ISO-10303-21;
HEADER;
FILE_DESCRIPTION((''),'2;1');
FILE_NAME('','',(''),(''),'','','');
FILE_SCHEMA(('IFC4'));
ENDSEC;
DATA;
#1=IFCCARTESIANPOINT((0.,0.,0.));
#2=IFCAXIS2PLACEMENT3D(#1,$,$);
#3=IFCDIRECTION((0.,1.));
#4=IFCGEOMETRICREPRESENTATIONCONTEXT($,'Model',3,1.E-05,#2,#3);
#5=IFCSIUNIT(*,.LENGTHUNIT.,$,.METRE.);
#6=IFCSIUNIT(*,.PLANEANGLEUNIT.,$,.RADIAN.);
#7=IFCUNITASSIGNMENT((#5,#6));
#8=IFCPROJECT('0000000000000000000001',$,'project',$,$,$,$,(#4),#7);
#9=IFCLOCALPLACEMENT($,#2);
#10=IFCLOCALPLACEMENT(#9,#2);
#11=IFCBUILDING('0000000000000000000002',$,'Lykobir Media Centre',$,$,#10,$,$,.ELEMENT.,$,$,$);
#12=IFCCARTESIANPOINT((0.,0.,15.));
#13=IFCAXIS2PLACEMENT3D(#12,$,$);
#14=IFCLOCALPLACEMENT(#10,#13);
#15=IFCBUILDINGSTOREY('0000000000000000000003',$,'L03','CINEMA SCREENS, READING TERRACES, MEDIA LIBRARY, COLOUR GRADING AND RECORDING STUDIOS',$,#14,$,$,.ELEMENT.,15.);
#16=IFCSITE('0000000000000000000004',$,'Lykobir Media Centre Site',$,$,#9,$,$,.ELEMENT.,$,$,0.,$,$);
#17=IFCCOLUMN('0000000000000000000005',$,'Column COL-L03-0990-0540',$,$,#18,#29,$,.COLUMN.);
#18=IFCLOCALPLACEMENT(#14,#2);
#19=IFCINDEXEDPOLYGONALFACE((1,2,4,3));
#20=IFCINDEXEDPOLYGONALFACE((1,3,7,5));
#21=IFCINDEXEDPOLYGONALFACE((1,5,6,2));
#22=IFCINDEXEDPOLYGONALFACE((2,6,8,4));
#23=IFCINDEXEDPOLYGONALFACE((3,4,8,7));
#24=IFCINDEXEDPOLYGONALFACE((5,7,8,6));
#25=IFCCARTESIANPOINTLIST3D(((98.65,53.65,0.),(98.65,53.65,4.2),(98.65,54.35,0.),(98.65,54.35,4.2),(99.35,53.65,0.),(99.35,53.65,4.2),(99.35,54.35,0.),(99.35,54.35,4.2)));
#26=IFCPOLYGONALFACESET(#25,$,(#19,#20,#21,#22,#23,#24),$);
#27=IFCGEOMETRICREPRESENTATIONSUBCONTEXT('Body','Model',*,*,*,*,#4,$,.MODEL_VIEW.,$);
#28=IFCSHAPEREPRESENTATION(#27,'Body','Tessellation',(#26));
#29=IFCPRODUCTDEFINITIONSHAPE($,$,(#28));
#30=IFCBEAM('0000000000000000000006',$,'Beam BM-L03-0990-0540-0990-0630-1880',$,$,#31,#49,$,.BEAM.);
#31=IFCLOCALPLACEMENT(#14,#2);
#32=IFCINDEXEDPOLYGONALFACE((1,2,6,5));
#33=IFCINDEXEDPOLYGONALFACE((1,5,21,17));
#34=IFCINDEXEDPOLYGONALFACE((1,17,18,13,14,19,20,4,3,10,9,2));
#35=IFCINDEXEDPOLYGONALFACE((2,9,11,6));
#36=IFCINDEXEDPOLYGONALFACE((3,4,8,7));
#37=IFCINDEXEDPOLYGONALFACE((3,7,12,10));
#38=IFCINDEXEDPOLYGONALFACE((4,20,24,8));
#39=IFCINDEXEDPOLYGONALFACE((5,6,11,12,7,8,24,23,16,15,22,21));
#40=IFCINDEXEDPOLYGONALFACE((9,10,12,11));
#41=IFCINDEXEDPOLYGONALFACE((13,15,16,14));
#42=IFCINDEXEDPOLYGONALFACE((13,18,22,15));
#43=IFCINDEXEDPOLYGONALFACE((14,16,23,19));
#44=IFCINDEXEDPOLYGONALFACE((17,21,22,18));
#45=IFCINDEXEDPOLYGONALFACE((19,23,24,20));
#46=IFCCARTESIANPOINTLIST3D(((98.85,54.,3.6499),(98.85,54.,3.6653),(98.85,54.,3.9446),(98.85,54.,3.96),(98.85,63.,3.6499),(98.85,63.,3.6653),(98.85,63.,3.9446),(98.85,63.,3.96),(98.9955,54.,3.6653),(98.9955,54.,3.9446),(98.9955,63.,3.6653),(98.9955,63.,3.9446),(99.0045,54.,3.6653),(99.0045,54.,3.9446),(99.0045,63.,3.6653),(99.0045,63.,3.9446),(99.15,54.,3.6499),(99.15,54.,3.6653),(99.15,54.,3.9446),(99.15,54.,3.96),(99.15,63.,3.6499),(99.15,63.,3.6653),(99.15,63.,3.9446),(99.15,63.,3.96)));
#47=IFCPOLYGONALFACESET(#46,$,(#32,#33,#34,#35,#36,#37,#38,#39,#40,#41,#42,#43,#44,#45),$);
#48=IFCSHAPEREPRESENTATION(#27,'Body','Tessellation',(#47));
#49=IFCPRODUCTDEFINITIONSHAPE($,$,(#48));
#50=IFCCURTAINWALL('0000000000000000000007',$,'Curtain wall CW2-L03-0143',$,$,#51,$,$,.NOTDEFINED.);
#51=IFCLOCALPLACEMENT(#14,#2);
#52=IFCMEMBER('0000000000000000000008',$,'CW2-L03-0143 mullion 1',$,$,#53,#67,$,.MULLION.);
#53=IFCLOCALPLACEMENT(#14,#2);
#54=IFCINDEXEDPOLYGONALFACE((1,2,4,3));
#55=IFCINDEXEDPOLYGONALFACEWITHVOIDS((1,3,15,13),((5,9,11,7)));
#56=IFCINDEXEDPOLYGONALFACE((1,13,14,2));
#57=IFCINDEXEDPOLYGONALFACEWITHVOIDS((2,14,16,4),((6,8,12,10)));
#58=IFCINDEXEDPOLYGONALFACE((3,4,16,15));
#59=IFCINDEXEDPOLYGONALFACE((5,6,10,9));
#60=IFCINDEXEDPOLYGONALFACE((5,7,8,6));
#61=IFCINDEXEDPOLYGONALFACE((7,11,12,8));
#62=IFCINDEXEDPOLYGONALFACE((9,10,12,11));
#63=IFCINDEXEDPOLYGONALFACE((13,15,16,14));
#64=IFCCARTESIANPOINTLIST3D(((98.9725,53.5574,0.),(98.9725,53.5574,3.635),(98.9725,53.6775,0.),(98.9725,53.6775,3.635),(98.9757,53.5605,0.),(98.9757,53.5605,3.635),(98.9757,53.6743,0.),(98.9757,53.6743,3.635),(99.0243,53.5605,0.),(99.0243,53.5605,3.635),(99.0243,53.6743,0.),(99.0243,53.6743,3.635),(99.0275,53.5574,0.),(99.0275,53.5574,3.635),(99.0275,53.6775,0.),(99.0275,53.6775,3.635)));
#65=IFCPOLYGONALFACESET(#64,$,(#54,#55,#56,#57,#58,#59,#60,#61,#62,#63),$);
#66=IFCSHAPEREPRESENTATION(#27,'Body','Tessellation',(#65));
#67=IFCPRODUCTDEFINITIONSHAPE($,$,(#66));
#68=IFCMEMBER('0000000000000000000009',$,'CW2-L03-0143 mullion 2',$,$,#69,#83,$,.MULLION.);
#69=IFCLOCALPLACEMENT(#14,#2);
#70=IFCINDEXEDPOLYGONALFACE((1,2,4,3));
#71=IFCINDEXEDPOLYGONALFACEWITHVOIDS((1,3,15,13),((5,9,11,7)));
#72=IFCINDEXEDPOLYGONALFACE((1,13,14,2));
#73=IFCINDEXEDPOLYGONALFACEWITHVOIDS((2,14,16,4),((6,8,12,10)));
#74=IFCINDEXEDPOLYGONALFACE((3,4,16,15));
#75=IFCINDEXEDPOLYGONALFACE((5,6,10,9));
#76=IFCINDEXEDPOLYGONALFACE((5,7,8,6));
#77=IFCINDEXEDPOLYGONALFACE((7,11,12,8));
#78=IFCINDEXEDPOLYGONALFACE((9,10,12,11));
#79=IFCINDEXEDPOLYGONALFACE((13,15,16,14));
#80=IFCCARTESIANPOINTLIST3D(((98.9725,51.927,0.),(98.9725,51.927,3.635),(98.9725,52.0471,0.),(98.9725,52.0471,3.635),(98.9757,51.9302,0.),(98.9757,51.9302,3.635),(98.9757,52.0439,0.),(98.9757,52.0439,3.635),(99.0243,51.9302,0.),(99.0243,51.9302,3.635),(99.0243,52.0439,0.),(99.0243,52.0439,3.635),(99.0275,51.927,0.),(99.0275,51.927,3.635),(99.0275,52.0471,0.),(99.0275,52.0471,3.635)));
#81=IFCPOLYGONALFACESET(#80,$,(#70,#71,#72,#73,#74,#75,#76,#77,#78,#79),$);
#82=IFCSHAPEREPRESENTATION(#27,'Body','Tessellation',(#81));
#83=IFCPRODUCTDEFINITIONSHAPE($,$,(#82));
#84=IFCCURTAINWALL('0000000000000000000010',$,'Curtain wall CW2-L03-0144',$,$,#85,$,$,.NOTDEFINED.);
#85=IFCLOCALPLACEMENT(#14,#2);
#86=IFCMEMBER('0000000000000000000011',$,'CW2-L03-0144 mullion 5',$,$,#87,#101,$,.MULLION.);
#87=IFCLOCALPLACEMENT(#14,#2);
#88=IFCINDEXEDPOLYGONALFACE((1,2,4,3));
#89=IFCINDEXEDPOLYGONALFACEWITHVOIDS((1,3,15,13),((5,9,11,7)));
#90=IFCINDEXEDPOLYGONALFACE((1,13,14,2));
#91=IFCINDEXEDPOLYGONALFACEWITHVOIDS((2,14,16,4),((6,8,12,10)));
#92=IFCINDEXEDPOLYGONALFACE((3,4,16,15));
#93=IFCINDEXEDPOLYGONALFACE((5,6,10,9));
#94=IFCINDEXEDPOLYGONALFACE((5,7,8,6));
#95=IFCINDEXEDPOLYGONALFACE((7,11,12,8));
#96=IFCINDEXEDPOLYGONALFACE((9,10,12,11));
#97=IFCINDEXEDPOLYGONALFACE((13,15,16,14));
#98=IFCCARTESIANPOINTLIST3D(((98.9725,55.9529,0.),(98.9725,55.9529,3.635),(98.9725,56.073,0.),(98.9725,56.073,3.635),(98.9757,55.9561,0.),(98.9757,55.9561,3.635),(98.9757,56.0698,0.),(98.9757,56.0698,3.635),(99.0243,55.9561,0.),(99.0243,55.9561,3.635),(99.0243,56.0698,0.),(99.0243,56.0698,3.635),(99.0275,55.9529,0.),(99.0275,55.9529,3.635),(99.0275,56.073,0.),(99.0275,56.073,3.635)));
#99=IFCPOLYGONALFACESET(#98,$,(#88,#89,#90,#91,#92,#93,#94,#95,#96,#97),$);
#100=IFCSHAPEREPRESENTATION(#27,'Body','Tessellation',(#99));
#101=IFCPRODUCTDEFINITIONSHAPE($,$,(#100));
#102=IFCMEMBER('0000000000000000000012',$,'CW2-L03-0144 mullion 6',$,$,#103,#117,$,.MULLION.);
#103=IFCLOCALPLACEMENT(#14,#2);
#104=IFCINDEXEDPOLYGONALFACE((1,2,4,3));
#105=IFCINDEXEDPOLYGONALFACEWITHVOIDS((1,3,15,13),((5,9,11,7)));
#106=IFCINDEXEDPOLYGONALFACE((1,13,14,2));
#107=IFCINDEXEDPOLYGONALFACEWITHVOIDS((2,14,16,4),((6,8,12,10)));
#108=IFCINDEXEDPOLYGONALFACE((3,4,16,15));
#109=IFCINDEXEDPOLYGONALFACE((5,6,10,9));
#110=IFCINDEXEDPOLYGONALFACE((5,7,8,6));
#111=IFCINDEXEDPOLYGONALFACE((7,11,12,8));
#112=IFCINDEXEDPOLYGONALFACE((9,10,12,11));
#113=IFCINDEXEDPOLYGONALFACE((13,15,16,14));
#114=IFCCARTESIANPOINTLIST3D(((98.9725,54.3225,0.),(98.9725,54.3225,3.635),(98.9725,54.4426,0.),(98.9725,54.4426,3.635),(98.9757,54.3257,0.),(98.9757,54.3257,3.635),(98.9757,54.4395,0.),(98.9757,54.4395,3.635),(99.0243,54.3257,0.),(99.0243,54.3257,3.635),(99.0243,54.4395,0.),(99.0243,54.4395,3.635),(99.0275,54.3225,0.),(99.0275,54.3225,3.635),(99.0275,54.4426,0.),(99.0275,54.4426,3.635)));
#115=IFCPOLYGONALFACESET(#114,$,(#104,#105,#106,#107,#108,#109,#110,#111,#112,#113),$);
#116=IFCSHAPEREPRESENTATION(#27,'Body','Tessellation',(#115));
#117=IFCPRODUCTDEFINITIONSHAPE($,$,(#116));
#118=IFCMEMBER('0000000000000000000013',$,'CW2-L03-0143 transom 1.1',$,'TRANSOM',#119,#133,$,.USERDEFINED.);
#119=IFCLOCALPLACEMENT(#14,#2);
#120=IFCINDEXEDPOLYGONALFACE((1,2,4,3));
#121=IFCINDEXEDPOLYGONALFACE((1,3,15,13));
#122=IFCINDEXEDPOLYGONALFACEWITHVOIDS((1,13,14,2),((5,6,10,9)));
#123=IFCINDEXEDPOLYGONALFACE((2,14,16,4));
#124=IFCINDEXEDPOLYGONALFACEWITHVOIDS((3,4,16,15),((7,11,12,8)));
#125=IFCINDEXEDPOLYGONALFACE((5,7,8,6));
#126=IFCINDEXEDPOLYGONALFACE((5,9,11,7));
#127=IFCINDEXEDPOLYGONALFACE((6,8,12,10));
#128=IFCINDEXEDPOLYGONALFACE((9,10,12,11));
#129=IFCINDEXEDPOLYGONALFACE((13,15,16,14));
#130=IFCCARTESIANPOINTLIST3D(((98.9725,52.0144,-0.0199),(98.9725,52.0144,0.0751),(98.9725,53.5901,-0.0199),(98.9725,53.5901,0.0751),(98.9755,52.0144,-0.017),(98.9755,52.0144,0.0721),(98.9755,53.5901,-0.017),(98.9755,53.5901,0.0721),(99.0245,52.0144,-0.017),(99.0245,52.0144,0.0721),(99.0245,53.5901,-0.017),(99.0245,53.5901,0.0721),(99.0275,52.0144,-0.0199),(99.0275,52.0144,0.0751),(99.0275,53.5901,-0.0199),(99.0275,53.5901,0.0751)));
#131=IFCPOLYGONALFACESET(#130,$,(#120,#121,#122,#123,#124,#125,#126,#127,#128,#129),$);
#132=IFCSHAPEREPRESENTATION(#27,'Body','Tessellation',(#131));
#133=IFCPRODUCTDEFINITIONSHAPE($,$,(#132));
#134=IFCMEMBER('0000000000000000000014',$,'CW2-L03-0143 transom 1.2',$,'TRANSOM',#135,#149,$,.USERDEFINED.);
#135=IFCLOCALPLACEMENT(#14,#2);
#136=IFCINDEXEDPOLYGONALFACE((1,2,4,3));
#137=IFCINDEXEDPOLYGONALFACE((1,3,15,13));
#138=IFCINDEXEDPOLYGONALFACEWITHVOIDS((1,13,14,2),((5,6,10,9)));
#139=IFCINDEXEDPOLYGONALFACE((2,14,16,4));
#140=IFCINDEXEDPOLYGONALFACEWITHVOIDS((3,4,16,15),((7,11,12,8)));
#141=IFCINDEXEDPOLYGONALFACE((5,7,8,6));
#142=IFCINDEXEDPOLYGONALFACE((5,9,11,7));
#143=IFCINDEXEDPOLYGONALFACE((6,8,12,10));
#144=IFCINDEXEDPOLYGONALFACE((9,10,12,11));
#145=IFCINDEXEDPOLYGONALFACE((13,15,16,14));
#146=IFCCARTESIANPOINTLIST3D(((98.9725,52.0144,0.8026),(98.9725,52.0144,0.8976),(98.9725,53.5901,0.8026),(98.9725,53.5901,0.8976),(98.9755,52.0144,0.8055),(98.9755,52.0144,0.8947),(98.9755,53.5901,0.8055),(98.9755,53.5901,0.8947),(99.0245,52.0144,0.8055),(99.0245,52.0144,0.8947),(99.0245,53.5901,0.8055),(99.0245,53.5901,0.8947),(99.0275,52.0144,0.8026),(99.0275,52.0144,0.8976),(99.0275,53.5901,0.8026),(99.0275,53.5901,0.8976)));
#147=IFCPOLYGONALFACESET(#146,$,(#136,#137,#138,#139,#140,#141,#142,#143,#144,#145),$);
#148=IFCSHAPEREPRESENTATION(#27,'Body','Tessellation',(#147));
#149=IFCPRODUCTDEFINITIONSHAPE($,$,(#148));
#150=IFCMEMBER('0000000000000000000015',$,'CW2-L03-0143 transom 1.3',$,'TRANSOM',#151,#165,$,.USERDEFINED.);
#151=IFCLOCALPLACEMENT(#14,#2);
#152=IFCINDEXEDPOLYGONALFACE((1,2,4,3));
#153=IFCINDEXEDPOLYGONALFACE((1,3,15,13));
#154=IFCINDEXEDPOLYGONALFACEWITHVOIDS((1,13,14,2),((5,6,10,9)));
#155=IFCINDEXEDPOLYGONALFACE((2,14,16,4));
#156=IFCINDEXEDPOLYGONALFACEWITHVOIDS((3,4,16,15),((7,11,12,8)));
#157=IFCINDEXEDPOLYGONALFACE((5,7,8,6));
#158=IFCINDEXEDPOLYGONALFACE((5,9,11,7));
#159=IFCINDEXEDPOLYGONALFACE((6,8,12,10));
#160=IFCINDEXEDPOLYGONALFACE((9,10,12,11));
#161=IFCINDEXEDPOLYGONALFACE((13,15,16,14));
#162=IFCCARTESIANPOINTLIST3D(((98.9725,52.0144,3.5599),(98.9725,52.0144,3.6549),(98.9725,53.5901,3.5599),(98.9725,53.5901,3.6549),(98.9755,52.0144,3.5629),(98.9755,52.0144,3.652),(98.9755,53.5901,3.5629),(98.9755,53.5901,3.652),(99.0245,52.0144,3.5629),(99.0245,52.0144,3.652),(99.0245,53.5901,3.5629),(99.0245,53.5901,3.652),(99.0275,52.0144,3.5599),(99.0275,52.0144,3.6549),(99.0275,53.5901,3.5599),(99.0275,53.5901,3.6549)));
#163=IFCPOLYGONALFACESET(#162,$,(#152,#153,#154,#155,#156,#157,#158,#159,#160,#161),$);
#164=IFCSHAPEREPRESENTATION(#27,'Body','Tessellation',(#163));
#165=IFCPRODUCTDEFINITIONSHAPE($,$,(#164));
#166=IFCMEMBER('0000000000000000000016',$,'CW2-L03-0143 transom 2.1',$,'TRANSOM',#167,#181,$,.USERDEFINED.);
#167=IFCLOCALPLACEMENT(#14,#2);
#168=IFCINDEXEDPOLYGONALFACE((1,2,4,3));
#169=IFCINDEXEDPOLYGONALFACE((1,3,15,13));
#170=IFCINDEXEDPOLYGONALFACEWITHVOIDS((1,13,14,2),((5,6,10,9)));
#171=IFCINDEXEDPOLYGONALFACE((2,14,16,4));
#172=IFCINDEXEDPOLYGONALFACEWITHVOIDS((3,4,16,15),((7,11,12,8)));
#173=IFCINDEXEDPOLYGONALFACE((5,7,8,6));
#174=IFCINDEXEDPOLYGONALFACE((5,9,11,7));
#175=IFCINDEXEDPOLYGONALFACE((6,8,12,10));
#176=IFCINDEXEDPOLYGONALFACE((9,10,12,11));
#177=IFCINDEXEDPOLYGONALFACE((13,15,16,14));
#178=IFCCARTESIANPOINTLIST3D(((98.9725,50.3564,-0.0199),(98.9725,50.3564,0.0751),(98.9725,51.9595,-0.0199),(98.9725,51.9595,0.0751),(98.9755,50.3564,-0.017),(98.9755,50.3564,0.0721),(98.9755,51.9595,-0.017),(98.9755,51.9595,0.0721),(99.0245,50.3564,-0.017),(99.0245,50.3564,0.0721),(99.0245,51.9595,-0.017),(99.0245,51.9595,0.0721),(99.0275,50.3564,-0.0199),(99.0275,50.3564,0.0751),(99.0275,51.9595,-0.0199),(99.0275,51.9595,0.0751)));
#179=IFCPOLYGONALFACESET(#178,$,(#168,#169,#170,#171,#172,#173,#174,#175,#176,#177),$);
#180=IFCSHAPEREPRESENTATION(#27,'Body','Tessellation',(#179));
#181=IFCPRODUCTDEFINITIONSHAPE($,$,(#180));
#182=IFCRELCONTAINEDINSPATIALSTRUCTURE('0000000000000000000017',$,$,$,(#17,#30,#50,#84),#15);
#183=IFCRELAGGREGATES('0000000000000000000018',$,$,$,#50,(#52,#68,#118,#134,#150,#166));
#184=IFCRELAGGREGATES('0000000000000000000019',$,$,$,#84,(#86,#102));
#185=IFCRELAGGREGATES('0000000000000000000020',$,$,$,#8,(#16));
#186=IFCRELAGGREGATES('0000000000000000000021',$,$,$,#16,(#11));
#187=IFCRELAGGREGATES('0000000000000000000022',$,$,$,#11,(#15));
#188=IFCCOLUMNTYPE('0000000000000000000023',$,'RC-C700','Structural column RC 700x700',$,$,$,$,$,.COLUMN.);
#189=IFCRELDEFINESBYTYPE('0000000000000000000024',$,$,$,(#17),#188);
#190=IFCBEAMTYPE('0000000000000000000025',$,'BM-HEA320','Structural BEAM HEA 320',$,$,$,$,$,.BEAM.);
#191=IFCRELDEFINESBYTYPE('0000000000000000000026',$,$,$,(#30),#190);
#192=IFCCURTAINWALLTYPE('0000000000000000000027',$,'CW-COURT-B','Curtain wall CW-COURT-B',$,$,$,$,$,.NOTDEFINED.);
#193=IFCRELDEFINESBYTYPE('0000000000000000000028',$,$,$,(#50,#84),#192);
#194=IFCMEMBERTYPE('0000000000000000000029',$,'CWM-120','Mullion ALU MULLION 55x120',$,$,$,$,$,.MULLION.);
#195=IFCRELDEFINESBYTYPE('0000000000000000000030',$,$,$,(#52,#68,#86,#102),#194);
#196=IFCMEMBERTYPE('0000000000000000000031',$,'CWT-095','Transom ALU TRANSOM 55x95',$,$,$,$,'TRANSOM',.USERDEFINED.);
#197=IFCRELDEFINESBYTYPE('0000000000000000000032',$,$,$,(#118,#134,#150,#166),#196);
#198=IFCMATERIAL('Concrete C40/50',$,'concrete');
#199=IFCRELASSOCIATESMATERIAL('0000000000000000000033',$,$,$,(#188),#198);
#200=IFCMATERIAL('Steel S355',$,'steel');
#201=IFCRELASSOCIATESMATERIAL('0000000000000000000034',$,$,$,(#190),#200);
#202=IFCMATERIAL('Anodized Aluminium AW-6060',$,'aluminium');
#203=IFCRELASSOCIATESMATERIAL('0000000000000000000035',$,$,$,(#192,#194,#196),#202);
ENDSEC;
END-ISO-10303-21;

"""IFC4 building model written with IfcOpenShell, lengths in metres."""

from ifc_helpers import new_model, si_unit, direction, frame, origin, origin_2d, place, context, subcontext, project, spatial, rectangle, hollow_rectangle, i_section, extrude, material, material_profile, profile_set, type_object, element, aggregate, save


model = new_model("IFC4")

# Units and contexts
model_context = context("Model", 3, precision=1e-05, world=origin(), true_north=direction((0.0, 1.0)))
body_context = subcontext(model_context, "Body", "Model", "MODEL_VIEW")
ifc_project = project(units=[si_unit("LENGTHUNIT", "METRE"), si_unit("PLANEANGLEUNIT", "RADIAN")], contexts=[model_context])

# Site, building, storey
site_placement = place(None, origin())
site = spatial("IfcSite", under=ifc_project, at=site_placement, Name="Lykobir Media Centre Site", CompositionType="ELEMENT", RefElevation=0.0)
building_placement = place(site_placement, origin())
building = spatial("IfcBuilding", under=site, at=building_placement, Name="Lykobir Media Centre", CompositionType="ELEMENT")
storey_placement = place(building_placement, frame((0.0, 0.0, 15.0)))
storey = spatial("IfcBuildingStorey", under=building, at=storey_placement, Name="L03", Description="CINEMA SCREENS, READING TERRACES, MEDIA LIBRARY, COLOUR GRADING AND RECORDING STUDIOS", CompositionType="ELEMENT", Elevation=15.0)

# Column
ifc_material_1 = material(Name="Concrete C40/50", Category="concrete")
ifc_material_profile_1 = material_profile(ifc_material_1, rectangle(XDim=0.7, YDim=0.7, at=origin_2d()), Name="RC 700x700")
ifc_profile_set_1 = profile_set([ifc_material_profile_1], Name="Concrete C40/50")
column_type = type_object("IfcColumnType", Name="RC-C700", Description="Structural column RC 700x700", PredefinedType="COLUMN", material=ifc_profile_set_1)
column_placement = place(storey_placement, frame((99.0, 54.0, 0.0), z_axis=(0.0, 0.0, 1.0), x_axis=(1.0, 0.0, 0.0)))
element("IfcColumn", 1, at=column_placement, inside=storey, type_object=column_type, Name="Column COL-L03-0990-0540", PredefinedType="COLUMN", context=body_context, shape_type="SweptSolid", body=[
    extrude(rectangle(XDim=0.7, YDim=0.7, at=origin_2d()), origin(), (0.0, 0.0, 1.0), 4.2),
])

# Beam
ifc_material_2 = material(Name="Steel S355", Category="steel")
ifc_material_profile_2 = material_profile(ifc_material_2, i_section(OverallWidth=0.3, OverallDepth=0.3101, WebThickness=0.009, FlangeThickness=0.0154, at=origin_2d()), Name="HEA 320")
ifc_profile_set_2 = profile_set([ifc_material_profile_2], Name="Steel S355")
beam_type = type_object("IfcBeamType", Name="BM-HEA320", Description="Structural BEAM HEA 320", PredefinedType="BEAM", material=ifc_profile_set_2)
beam_placement = place(storey_placement, frame((99.0, 54.0, 3.8049), z_axis=(0.0, 1.0, 0.0), x_axis=(-1.0, 0.0, 0.0)))
element("IfcBeam", 2, at=beam_placement, inside=storey, type_object=beam_type, Name="Beam BM-L03-0990-0540-0990-0630-1880", PredefinedType="BEAM", context=body_context, shape_type="SweptSolid", body=[
    extrude(i_section(OverallWidth=0.3, OverallDepth=0.3101, WebThickness=0.009, FlangeThickness=0.0154, at=origin_2d()), origin(), (0.0, 0.0, 1.0), 9.0),
])

# Curtain walls, members
ifc_material_3 = material(Name="Anodized Aluminium AW-6060", Category="aluminium")
curtain_wall_type = type_object("IfcCurtainWallType", Name="CW-COURT-B", Description="Curtain wall CW-COURT-B", PredefinedType="NOTDEFINED", material=ifc_material_3)
curtain_wall_1_placement = place(storey_placement, origin())
curtain_wall_1 = element("IfcCurtainWall", 3, at=curtain_wall_1_placement, inside=storey, type_object=curtain_wall_type, Name="Curtain wall CW2-L03-0143", PredefinedType="NOTDEFINED")
ifc_material_profile_3 = material_profile(ifc_material_3, hollow_rectangle(XDim=0.0549, YDim=0.1201, WallThickness=0.0032, at=origin_2d()), Name="ALU MULLION 55x120")
ifc_profile_set_3 = profile_set([ifc_material_profile_3], Name="Anodized Aluminium AW-6060")
member_type_1 = type_object("IfcMemberType", Name="CWM-120", Description="Mullion ALU MULLION 55x120", PredefinedType="MULLION", material=ifc_profile_set_3)
member_1_placement = place(storey_placement, frame((99.0, 53.6174, 0.0), z_axis=(0.0, 0.0, 1.0), x_axis=(1.0, 0.0, 0.0)))
member_1 = element("IfcMember", 4, at=member_1_placement, type_object=member_type_1, Name="CW2-L03-0143 mullion 1", PredefinedType="MULLION", context=body_context, shape_type="SweptSolid", body=[
    extrude(hollow_rectangle(XDim=0.0549, YDim=0.1201, WallThickness=0.0032, at=origin_2d()), origin(), (0.0, 0.0, 1.0), 3.635),
])
member_2_placement = place(storey_placement, frame((99.0, 51.9871, 0.0), z_axis=(0.0, 0.0, 1.0), x_axis=(1.0, 0.0, 0.0)))
member_2 = element("IfcMember", 5, at=member_2_placement, type_object=member_type_1, Name="CW2-L03-0143 mullion 2", PredefinedType="MULLION", context=body_context, shape_type="SweptSolid", body=[
    extrude(hollow_rectangle(XDim=0.0549, YDim=0.1201, WallThickness=0.0032, at=origin_2d()), origin(), (0.0, 0.0, 1.0), 3.635),
])
curtain_wall_2_placement = place(storey_placement, origin())
curtain_wall_2 = element("IfcCurtainWall", 6, at=curtain_wall_2_placement, inside=storey, type_object=curtain_wall_type, Name="Curtain wall CW2-L03-0144", PredefinedType="NOTDEFINED")
member_3_placement = place(storey_placement, frame((99.0, 56.0129, 0.0), z_axis=(0.0, 0.0, 1.0), x_axis=(1.0, 0.0, 0.0)))
member_3 = element("IfcMember", 7, at=member_3_placement, type_object=member_type_1, Name="CW2-L03-0144 mullion 5", PredefinedType="MULLION", context=body_context, shape_type="SweptSolid", body=[
    extrude(hollow_rectangle(XDim=0.0549, YDim=0.1201, WallThickness=0.0032, at=origin_2d()), origin(), (0.0, 0.0, 1.0), 3.635),
])
member_4_placement = place(storey_placement, frame((99.0, 54.3826, 0.0), z_axis=(0.0, 0.0, 1.0), x_axis=(1.0, 0.0, 0.0)))
member_4 = element("IfcMember", 8, at=member_4_placement, type_object=member_type_1, Name="CW2-L03-0144 mullion 6", PredefinedType="MULLION", context=body_context, shape_type="SweptSolid", body=[
    extrude(hollow_rectangle(XDim=0.0549, YDim=0.1201, WallThickness=0.0032, at=origin_2d()), origin(), (0.0, 0.0, 1.0), 3.635),
])

# Members
ifc_material_profile_4 = material_profile(ifc_material_3, hollow_rectangle(XDim=0.0549, YDim=0.095, WallThickness=0.0029, at=origin_2d()), Name="ALU TRANSOM 55x95")
ifc_profile_set_4 = profile_set([ifc_material_profile_4], Name="Anodized Aluminium AW-6060")
member_type_2 = type_object("IfcMemberType", Name="CWT-095", Description="Transom ALU TRANSOM 55x95", ElementType="TRANSOM", PredefinedType="USERDEFINED", material=ifc_profile_set_4)
member_5_placement = place(storey_placement, frame((99.0, 53.5901, 0.0276), z_axis=(0.0, -1.0, 0.0), x_axis=(1.0, 0.0, 0.0)))
member_5 = element("IfcMember", 9, at=member_5_placement, type_object=member_type_2, Name="CW2-L03-0143 transom 1.1", ObjectType="TRANSOM", PredefinedType="USERDEFINED", context=body_context, shape_type="SweptSolid", body=[
    extrude(hollow_rectangle(XDim=0.0549, YDim=0.095, WallThickness=0.0029, at=origin_2d()), origin(), (0.0, 0.0, 1.0), 1.5757),
])
member_6_placement = place(storey_placement, frame((99.0, 53.5901, 0.8501), z_axis=(0.0, -1.0, 0.0), x_axis=(1.0, 0.0, 0.0)))
member_6 = element("IfcMember", 10, at=member_6_placement, type_object=member_type_2, Name="CW2-L03-0143 transom 1.2", ObjectType="TRANSOM", PredefinedType="USERDEFINED", context=body_context, shape_type="SweptSolid", body=[
    extrude(hollow_rectangle(XDim=0.0549, YDim=0.095, WallThickness=0.0029, at=origin_2d()), origin(), (0.0, 0.0, 1.0), 1.5757),
])
member_7_placement = place(storey_placement, frame((99.0, 53.5901, 3.6074), z_axis=(0.0, -1.0, 0.0), x_axis=(1.0, 0.0, 0.0)))
member_7 = element("IfcMember", 11, at=member_7_placement, type_object=member_type_2, Name="CW2-L03-0143 transom 1.3", ObjectType="TRANSOM", PredefinedType="USERDEFINED", context=body_context, shape_type="SweptSolid", body=[
    extrude(hollow_rectangle(XDim=0.0549, YDim=0.095, WallThickness=0.0029, at=origin_2d()), origin(), (0.0, 0.0, 1.0), 1.5757),
])
member_8_placement = place(storey_placement, frame((99.0, 51.9595, 0.0276), z_axis=(0.0, -1.0, 0.0), x_axis=(1.0, 0.0, 0.0)))
member_8 = element("IfcMember", 12, at=member_8_placement, type_object=member_type_2, Name="CW2-L03-0143 transom 2.1", ObjectType="TRANSOM", PredefinedType="USERDEFINED", context=body_context, shape_type="SweptSolid", body=[
    extrude(hollow_rectangle(XDim=0.0549, YDim=0.095, WallThickness=0.0029, at=origin_2d()), origin(), (0.0, 0.0, 1.0), 1.603),
])

aggregate(curtain_wall_1, [member_1, member_2, member_5, member_6, member_7, member_8])
aggregate(curtain_wall_2, [member_3, member_4])

save(model, "model.ifc")
